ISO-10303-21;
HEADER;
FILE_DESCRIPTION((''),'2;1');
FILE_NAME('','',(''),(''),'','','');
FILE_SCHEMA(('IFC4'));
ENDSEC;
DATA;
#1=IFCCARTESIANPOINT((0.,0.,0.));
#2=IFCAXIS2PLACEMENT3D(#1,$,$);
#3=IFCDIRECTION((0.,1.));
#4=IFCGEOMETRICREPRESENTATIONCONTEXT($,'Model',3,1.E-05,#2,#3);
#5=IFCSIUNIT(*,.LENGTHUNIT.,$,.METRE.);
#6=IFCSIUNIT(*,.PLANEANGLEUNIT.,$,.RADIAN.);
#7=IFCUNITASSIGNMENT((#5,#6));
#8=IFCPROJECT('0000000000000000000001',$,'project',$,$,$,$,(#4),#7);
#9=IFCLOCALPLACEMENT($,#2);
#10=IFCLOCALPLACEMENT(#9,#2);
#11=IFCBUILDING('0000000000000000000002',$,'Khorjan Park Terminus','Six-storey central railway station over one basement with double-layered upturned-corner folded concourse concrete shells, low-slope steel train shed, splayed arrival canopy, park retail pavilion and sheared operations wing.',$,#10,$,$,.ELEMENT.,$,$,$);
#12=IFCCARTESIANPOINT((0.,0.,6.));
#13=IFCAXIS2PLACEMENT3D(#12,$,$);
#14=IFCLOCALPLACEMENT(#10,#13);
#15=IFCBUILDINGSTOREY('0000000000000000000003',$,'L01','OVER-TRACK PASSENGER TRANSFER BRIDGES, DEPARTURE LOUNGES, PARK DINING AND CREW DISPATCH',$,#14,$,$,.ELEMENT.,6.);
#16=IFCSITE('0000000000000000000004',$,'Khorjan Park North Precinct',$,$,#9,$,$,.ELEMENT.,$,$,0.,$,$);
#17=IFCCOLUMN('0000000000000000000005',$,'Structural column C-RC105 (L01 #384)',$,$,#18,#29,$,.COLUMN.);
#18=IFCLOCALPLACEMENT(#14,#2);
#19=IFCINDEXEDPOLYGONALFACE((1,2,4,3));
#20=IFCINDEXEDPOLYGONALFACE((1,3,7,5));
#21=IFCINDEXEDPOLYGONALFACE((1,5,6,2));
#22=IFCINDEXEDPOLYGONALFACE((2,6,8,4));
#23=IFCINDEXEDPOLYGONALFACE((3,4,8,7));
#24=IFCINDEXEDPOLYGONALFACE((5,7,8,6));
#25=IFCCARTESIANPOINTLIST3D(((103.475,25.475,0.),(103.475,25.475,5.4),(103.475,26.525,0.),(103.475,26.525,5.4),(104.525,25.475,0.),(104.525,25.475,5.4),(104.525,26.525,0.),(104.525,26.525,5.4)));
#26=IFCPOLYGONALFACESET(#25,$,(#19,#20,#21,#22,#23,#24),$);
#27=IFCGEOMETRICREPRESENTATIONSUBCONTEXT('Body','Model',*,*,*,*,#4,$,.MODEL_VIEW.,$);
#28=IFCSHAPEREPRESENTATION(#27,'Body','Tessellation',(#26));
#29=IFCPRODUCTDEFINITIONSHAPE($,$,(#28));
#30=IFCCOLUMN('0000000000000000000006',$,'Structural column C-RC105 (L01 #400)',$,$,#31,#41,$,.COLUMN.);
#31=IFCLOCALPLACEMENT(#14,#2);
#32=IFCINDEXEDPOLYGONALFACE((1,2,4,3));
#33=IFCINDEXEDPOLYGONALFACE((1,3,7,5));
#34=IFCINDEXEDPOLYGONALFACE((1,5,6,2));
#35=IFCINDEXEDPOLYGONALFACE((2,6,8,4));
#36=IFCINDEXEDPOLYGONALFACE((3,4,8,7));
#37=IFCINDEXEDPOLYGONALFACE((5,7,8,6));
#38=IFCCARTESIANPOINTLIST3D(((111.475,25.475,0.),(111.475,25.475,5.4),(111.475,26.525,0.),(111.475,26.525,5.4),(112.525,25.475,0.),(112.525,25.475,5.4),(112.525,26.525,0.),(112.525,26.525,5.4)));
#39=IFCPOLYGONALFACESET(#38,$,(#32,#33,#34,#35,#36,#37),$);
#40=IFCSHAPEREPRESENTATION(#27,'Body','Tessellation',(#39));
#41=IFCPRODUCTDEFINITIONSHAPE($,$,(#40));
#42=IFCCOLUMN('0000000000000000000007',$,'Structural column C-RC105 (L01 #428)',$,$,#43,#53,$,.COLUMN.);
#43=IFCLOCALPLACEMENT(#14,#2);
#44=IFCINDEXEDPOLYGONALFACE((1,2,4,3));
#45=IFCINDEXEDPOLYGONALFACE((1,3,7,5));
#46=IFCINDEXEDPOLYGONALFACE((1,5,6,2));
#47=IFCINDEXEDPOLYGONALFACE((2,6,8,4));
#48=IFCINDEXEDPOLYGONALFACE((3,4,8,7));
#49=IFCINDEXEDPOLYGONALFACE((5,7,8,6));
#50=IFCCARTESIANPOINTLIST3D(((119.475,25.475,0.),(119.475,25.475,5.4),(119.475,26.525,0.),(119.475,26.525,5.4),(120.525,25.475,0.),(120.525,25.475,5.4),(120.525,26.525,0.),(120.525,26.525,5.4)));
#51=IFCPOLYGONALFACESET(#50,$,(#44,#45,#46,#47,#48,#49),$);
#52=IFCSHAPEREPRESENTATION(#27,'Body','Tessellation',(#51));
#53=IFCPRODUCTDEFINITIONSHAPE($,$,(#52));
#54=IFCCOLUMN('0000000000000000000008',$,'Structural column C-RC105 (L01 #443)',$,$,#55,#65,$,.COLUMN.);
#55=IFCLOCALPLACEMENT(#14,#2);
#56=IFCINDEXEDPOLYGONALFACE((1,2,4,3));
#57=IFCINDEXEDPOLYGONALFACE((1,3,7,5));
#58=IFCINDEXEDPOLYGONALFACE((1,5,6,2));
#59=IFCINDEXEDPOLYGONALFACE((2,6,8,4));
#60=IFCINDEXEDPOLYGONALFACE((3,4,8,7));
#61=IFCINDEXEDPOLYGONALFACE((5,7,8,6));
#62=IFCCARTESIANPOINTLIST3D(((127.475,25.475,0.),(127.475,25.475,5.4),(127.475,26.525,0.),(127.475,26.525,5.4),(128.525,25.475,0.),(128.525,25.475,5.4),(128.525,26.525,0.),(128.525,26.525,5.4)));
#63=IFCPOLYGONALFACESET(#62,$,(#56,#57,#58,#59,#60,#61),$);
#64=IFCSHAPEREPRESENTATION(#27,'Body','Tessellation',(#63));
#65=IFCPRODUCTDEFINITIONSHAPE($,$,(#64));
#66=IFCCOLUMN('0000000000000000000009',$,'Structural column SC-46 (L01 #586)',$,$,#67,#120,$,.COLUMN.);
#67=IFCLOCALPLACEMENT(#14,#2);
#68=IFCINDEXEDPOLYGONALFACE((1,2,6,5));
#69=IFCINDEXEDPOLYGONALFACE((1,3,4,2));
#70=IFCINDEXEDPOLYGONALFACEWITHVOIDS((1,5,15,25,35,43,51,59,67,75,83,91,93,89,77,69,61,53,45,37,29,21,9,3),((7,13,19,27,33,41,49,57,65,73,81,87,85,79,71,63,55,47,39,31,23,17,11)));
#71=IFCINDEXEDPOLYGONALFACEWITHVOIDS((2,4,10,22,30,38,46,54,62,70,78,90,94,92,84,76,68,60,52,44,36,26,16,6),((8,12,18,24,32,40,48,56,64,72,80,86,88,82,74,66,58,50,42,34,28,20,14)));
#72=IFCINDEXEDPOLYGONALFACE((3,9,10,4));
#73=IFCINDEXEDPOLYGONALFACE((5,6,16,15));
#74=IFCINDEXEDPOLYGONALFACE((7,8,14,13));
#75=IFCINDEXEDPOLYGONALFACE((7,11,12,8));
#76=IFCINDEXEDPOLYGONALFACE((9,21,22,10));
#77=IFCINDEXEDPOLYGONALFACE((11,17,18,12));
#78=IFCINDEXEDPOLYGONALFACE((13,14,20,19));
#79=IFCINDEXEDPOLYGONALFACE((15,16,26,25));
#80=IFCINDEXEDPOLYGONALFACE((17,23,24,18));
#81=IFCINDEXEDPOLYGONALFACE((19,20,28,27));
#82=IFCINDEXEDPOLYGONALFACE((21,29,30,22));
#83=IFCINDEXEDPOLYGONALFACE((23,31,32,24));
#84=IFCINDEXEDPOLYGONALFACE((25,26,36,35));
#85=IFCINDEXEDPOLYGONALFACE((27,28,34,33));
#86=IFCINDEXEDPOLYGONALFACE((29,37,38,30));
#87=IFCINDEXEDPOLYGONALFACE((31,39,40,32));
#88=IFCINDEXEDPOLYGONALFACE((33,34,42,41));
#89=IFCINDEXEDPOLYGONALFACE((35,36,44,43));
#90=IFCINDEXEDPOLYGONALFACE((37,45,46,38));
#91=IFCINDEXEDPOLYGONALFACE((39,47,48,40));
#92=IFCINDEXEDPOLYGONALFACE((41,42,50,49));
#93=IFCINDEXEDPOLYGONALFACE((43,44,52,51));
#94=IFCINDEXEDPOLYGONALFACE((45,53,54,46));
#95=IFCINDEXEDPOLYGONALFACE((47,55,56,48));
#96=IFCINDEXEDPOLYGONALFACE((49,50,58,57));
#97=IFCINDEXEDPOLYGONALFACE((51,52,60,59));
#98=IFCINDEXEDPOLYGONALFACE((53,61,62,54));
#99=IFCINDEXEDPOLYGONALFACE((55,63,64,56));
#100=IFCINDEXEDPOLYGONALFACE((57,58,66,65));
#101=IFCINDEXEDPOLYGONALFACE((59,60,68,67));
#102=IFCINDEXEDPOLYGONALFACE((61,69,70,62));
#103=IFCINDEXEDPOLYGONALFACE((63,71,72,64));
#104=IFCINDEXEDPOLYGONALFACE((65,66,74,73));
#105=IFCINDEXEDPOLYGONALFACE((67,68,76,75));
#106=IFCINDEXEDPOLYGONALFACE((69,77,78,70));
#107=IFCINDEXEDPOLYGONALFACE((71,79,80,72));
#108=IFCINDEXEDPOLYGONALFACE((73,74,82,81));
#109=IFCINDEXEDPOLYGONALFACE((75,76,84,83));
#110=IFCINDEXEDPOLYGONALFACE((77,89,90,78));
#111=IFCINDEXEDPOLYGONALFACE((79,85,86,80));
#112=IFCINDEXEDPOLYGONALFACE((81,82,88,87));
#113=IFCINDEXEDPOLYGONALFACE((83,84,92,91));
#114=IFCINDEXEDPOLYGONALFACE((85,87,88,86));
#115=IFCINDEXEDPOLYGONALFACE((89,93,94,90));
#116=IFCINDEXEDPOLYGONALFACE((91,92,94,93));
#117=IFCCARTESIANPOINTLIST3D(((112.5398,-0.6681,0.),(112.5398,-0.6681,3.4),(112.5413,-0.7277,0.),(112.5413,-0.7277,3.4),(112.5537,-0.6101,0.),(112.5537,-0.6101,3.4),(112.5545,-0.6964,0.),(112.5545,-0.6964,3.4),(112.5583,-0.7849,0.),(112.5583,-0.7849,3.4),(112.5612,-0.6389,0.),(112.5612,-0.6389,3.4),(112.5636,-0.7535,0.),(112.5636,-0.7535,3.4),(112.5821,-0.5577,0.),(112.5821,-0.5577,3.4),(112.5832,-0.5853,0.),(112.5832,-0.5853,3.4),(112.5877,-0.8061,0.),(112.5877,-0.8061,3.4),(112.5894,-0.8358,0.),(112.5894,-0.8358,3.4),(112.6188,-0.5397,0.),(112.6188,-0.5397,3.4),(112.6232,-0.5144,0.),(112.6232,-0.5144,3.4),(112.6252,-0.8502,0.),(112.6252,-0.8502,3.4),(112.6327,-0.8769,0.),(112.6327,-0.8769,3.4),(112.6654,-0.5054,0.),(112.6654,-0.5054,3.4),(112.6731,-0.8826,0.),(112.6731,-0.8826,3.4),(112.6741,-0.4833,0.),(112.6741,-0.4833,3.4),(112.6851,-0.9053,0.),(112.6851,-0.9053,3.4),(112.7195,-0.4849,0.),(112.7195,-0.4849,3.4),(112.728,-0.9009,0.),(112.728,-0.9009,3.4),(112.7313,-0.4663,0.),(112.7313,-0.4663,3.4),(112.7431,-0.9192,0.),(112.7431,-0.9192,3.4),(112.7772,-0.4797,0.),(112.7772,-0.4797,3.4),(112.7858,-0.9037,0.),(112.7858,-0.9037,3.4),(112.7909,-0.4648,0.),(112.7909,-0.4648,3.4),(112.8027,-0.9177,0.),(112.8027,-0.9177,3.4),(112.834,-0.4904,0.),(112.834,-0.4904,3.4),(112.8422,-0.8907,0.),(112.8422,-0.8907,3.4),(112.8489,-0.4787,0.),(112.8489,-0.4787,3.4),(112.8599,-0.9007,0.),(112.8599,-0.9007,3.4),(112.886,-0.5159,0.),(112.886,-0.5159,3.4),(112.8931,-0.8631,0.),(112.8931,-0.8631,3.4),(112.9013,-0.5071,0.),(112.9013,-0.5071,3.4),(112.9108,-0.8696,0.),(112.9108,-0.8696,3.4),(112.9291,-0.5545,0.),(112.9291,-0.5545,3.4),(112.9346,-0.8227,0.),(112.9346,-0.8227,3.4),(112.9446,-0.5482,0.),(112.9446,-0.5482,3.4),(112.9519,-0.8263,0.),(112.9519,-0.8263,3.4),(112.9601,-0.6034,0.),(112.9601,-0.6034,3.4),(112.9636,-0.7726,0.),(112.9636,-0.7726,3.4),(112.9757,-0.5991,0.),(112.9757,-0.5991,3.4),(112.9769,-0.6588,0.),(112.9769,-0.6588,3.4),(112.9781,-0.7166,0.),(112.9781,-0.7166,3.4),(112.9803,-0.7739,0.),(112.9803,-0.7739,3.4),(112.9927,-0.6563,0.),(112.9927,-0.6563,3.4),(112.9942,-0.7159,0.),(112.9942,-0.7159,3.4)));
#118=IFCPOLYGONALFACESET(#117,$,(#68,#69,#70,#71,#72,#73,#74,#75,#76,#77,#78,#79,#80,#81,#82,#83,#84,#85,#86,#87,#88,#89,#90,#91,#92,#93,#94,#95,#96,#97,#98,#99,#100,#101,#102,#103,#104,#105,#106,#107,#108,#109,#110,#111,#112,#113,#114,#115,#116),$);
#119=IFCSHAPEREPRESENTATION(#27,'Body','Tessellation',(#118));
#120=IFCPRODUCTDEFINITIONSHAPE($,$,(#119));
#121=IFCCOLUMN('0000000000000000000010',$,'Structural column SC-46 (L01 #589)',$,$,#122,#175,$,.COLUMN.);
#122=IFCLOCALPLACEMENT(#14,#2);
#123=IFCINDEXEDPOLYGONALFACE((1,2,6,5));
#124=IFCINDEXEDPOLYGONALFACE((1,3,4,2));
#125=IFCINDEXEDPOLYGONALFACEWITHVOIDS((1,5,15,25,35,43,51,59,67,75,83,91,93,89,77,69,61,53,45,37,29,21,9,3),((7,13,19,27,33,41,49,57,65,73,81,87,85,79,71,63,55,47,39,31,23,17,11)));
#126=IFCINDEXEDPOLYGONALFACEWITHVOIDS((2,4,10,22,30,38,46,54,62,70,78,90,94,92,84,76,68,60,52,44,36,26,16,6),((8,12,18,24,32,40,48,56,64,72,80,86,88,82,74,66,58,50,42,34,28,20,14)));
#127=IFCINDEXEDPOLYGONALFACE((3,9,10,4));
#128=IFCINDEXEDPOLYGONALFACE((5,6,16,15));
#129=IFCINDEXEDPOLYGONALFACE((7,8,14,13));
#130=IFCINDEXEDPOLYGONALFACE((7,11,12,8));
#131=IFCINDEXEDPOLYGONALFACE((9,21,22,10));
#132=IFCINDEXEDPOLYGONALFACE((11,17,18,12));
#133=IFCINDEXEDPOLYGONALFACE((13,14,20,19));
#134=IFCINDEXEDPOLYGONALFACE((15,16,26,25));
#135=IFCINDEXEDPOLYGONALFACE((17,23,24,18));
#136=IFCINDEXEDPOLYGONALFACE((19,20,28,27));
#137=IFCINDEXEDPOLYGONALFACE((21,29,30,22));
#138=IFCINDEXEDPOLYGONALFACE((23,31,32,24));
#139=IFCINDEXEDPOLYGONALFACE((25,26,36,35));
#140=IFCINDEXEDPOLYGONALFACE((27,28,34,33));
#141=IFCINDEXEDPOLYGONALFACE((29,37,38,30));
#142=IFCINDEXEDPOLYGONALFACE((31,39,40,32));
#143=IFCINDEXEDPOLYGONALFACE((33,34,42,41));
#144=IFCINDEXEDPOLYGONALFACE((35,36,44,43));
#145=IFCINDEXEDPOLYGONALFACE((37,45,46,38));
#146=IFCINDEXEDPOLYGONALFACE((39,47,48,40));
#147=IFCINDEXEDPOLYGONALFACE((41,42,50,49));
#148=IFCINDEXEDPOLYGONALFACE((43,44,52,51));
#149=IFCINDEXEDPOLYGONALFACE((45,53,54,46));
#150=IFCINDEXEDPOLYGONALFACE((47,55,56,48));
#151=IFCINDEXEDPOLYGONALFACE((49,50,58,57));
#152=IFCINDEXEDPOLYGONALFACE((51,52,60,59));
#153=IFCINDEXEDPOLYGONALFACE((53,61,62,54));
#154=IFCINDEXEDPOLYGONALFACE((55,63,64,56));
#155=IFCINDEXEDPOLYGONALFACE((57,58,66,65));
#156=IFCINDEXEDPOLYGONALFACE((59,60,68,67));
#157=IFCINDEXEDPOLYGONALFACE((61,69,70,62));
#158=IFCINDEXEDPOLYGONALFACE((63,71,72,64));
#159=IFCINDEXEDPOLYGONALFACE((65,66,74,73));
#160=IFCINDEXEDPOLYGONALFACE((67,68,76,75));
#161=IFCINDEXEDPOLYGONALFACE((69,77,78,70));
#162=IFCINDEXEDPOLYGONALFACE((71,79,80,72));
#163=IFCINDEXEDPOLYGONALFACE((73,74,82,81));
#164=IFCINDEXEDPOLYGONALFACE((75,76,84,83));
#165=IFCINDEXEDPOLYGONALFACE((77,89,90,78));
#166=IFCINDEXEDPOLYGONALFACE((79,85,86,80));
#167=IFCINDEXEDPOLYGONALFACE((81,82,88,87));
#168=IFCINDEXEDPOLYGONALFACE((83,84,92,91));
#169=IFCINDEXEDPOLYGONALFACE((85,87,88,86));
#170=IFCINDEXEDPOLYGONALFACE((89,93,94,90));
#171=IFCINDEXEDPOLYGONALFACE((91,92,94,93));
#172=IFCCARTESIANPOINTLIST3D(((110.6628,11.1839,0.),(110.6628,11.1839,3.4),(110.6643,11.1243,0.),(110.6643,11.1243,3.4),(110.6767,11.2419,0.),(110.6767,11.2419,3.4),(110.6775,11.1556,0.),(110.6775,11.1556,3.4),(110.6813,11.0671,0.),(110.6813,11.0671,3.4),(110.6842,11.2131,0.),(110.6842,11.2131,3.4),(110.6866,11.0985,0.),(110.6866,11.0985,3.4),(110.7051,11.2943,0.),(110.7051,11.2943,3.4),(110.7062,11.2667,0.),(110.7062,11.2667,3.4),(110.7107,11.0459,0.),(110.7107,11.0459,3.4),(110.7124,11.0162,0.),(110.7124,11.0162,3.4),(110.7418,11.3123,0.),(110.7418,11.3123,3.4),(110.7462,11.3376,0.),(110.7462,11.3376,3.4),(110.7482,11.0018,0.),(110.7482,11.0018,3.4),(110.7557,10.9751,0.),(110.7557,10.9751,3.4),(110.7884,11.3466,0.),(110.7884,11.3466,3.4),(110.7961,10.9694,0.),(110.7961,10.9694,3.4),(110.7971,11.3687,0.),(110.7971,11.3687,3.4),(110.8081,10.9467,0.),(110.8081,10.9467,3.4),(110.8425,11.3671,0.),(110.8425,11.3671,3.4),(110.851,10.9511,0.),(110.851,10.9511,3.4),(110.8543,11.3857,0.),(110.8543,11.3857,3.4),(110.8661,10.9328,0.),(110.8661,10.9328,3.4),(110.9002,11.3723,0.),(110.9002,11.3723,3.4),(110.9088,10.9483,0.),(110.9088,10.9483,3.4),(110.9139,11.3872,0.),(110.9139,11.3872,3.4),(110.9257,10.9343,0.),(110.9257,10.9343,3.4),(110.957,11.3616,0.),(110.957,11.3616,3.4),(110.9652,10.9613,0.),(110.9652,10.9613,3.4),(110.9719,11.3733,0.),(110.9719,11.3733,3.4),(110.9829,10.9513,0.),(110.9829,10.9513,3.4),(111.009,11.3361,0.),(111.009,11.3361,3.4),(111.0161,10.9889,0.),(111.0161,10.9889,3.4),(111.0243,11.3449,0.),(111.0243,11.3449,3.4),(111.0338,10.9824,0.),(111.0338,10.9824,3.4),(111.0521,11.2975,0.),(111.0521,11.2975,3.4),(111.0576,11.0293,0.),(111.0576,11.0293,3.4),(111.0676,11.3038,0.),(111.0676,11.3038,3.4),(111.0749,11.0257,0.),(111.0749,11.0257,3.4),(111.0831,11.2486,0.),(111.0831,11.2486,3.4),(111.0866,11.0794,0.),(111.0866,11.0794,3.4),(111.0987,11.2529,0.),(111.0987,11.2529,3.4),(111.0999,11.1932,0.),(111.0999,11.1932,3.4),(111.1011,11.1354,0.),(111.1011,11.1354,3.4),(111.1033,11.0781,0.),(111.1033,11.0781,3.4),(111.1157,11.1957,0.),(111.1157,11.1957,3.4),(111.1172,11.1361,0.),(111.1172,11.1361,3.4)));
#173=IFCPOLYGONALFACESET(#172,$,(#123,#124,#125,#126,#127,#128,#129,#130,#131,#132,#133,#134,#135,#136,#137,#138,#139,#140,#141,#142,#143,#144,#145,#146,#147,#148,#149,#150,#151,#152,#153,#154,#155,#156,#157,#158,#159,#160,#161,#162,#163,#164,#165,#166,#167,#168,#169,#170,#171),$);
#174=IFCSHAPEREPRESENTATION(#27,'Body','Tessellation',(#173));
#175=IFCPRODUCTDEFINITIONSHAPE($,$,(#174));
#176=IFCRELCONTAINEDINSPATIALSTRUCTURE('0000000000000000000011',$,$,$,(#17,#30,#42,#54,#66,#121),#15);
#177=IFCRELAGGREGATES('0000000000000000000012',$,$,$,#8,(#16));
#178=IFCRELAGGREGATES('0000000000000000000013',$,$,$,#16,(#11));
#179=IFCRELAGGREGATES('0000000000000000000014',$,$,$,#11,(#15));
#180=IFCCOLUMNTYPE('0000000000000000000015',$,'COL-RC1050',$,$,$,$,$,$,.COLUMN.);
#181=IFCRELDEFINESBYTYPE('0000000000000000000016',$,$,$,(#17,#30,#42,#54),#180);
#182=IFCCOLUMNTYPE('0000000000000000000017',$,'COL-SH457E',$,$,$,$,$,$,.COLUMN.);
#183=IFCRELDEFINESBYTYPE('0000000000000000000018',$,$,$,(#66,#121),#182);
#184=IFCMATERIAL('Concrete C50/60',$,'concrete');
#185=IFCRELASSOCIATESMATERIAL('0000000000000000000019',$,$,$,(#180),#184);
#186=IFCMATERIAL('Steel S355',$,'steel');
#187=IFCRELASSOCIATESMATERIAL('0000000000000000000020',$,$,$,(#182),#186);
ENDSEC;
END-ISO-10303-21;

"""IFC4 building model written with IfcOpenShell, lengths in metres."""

from ifc_helpers import new_model, si_unit, direction, frame, origin, origin_2d, place, context, subcontext, project, spatial, rectangle, hollow_circle, extrude, material, material_profile, profile_set, type_object, element, save


model = new_model("IFC4")

# Units and contexts
model_context = context("Model", 3, precision=1e-05, world=origin(), true_north=direction((0.0, 1.0)))
body_context = subcontext(model_context, "Body", "Model", "MODEL_VIEW")
ifc_project = project(units=[si_unit("LENGTHUNIT", "METRE"), si_unit("PLANEANGLEUNIT", "RADIAN")], contexts=[model_context])

# Site, building, storey
site_placement = place(None, origin())
site = spatial("IfcSite", under=ifc_project, at=site_placement, Name="Khorjan Park North Precinct", CompositionType="ELEMENT", RefElevation=0.0)
building_placement = place(site_placement, origin())
building = spatial("IfcBuilding", under=site, at=building_placement, Name="Khorjan Park Terminus", Description="Six-storey central railway station over one basement with double-layered upturned-corner folded concourse concrete shells, low-slope steel train shed, splayed arrival canopy, park retail pavilion and sheared operations wing.", CompositionType="ELEMENT")
storey_placement = place(building_placement, frame((0.0, 0.0, 6.0)))
storey = spatial("IfcBuildingStorey", under=building, at=storey_placement, Name="L01", Description="OVER-TRACK PASSENGER TRANSFER BRIDGES, DEPARTURE LOUNGES, PARK DINING AND CREW DISPATCH", CompositionType="ELEMENT", Elevation=6.0)

# Columns
ifc_material_1 = material(Name="Concrete C50/60", Category="concrete")
ifc_material_profile_1 = material_profile(ifc_material_1, rectangle(XDim=1.05, YDim=1.05, at=origin_2d()), Name="RC 1050x1050")
ifc_profile_set_1 = profile_set([ifc_material_profile_1], Name="Concrete C50/60")
column_type_1 = type_object("IfcColumnType", Name="COL-RC1050", PredefinedType="COLUMN", material=ifc_profile_set_1)
for number, where, z_axis, x_axis, name in (
    (1, (104.0, 26.0, 0.0), (0.0, 0.0, 1.0), (1.0, 0.0, 0.0), "Structural column C-RC105 (L01 #384)"),
    (2, (112.0, 26.0, 0.0), (0.0, 0.0, 1.0), (1.0, 0.0, 0.0), "Structural column C-RC105 (L01 #400)"),
    (3, (120.0, 26.0, 0.0), (0.0, 0.0, 1.0), (1.0, 0.0, 0.0), "Structural column C-RC105 (L01 #428)"),
    (4, (128.0, 26.0, 0.0), (0.0, 0.0, 1.0), (1.0, 0.0, 0.0), "Structural column C-RC105 (L01 #443)"),
):
    element("IfcColumn", number, at=place(storey_placement, frame(where, z_axis=z_axis, x_axis=x_axis)), inside=storey, type_object=column_type_1, Name=name, PredefinedType="COLUMN", context=body_context, shape_type="SweptSolid", body=[
        extrude(rectangle(XDim=1.05, YDim=1.05, at=origin_2d()), origin(), (0.0, 0.0, 1.0), 5.4),
    ])
ifc_material_2 = material(Name="Steel S355", Category="steel")
ifc_material_profile_2 = material_profile(ifc_material_2, hollow_circle(Radius=0.2285, WallThickness=0.016, at=origin_2d()), Name="CHS 457x16")
ifc_profile_set_2 = profile_set([ifc_material_profile_2], Name="Steel S355")
column_type_2 = type_object("IfcColumnType", Name="COL-SH457E", PredefinedType="COLUMN", material=ifc_profile_set_2)
for number, where, z_axis, x_axis, name in (
    (5, (112.767, -0.692, 0.0), (0.0, 0.0, 1.0), (0.987688, 0.156434, 0.0), "Structural column SC-46 (L01 #586)"),
    (6, (110.89, 11.16, 0.0), (0.0, 0.0, 1.0), (0.987688, 0.156434, 0.0), "Structural column SC-46 (L01 #589)"),
):
    element("IfcColumn", number, at=place(storey_placement, frame(where, z_axis=z_axis, x_axis=x_axis)), inside=storey, type_object=column_type_2, Name=name, PredefinedType="COLUMN", context=body_context, shape_type="SweptSolid", body=[
        extrude(hollow_circle(Radius=0.2285, WallThickness=0.016, at=origin_2d()), origin(), (0.0, 0.0, 1.0), 3.4),
    ])

save(model, "model.ifc")
